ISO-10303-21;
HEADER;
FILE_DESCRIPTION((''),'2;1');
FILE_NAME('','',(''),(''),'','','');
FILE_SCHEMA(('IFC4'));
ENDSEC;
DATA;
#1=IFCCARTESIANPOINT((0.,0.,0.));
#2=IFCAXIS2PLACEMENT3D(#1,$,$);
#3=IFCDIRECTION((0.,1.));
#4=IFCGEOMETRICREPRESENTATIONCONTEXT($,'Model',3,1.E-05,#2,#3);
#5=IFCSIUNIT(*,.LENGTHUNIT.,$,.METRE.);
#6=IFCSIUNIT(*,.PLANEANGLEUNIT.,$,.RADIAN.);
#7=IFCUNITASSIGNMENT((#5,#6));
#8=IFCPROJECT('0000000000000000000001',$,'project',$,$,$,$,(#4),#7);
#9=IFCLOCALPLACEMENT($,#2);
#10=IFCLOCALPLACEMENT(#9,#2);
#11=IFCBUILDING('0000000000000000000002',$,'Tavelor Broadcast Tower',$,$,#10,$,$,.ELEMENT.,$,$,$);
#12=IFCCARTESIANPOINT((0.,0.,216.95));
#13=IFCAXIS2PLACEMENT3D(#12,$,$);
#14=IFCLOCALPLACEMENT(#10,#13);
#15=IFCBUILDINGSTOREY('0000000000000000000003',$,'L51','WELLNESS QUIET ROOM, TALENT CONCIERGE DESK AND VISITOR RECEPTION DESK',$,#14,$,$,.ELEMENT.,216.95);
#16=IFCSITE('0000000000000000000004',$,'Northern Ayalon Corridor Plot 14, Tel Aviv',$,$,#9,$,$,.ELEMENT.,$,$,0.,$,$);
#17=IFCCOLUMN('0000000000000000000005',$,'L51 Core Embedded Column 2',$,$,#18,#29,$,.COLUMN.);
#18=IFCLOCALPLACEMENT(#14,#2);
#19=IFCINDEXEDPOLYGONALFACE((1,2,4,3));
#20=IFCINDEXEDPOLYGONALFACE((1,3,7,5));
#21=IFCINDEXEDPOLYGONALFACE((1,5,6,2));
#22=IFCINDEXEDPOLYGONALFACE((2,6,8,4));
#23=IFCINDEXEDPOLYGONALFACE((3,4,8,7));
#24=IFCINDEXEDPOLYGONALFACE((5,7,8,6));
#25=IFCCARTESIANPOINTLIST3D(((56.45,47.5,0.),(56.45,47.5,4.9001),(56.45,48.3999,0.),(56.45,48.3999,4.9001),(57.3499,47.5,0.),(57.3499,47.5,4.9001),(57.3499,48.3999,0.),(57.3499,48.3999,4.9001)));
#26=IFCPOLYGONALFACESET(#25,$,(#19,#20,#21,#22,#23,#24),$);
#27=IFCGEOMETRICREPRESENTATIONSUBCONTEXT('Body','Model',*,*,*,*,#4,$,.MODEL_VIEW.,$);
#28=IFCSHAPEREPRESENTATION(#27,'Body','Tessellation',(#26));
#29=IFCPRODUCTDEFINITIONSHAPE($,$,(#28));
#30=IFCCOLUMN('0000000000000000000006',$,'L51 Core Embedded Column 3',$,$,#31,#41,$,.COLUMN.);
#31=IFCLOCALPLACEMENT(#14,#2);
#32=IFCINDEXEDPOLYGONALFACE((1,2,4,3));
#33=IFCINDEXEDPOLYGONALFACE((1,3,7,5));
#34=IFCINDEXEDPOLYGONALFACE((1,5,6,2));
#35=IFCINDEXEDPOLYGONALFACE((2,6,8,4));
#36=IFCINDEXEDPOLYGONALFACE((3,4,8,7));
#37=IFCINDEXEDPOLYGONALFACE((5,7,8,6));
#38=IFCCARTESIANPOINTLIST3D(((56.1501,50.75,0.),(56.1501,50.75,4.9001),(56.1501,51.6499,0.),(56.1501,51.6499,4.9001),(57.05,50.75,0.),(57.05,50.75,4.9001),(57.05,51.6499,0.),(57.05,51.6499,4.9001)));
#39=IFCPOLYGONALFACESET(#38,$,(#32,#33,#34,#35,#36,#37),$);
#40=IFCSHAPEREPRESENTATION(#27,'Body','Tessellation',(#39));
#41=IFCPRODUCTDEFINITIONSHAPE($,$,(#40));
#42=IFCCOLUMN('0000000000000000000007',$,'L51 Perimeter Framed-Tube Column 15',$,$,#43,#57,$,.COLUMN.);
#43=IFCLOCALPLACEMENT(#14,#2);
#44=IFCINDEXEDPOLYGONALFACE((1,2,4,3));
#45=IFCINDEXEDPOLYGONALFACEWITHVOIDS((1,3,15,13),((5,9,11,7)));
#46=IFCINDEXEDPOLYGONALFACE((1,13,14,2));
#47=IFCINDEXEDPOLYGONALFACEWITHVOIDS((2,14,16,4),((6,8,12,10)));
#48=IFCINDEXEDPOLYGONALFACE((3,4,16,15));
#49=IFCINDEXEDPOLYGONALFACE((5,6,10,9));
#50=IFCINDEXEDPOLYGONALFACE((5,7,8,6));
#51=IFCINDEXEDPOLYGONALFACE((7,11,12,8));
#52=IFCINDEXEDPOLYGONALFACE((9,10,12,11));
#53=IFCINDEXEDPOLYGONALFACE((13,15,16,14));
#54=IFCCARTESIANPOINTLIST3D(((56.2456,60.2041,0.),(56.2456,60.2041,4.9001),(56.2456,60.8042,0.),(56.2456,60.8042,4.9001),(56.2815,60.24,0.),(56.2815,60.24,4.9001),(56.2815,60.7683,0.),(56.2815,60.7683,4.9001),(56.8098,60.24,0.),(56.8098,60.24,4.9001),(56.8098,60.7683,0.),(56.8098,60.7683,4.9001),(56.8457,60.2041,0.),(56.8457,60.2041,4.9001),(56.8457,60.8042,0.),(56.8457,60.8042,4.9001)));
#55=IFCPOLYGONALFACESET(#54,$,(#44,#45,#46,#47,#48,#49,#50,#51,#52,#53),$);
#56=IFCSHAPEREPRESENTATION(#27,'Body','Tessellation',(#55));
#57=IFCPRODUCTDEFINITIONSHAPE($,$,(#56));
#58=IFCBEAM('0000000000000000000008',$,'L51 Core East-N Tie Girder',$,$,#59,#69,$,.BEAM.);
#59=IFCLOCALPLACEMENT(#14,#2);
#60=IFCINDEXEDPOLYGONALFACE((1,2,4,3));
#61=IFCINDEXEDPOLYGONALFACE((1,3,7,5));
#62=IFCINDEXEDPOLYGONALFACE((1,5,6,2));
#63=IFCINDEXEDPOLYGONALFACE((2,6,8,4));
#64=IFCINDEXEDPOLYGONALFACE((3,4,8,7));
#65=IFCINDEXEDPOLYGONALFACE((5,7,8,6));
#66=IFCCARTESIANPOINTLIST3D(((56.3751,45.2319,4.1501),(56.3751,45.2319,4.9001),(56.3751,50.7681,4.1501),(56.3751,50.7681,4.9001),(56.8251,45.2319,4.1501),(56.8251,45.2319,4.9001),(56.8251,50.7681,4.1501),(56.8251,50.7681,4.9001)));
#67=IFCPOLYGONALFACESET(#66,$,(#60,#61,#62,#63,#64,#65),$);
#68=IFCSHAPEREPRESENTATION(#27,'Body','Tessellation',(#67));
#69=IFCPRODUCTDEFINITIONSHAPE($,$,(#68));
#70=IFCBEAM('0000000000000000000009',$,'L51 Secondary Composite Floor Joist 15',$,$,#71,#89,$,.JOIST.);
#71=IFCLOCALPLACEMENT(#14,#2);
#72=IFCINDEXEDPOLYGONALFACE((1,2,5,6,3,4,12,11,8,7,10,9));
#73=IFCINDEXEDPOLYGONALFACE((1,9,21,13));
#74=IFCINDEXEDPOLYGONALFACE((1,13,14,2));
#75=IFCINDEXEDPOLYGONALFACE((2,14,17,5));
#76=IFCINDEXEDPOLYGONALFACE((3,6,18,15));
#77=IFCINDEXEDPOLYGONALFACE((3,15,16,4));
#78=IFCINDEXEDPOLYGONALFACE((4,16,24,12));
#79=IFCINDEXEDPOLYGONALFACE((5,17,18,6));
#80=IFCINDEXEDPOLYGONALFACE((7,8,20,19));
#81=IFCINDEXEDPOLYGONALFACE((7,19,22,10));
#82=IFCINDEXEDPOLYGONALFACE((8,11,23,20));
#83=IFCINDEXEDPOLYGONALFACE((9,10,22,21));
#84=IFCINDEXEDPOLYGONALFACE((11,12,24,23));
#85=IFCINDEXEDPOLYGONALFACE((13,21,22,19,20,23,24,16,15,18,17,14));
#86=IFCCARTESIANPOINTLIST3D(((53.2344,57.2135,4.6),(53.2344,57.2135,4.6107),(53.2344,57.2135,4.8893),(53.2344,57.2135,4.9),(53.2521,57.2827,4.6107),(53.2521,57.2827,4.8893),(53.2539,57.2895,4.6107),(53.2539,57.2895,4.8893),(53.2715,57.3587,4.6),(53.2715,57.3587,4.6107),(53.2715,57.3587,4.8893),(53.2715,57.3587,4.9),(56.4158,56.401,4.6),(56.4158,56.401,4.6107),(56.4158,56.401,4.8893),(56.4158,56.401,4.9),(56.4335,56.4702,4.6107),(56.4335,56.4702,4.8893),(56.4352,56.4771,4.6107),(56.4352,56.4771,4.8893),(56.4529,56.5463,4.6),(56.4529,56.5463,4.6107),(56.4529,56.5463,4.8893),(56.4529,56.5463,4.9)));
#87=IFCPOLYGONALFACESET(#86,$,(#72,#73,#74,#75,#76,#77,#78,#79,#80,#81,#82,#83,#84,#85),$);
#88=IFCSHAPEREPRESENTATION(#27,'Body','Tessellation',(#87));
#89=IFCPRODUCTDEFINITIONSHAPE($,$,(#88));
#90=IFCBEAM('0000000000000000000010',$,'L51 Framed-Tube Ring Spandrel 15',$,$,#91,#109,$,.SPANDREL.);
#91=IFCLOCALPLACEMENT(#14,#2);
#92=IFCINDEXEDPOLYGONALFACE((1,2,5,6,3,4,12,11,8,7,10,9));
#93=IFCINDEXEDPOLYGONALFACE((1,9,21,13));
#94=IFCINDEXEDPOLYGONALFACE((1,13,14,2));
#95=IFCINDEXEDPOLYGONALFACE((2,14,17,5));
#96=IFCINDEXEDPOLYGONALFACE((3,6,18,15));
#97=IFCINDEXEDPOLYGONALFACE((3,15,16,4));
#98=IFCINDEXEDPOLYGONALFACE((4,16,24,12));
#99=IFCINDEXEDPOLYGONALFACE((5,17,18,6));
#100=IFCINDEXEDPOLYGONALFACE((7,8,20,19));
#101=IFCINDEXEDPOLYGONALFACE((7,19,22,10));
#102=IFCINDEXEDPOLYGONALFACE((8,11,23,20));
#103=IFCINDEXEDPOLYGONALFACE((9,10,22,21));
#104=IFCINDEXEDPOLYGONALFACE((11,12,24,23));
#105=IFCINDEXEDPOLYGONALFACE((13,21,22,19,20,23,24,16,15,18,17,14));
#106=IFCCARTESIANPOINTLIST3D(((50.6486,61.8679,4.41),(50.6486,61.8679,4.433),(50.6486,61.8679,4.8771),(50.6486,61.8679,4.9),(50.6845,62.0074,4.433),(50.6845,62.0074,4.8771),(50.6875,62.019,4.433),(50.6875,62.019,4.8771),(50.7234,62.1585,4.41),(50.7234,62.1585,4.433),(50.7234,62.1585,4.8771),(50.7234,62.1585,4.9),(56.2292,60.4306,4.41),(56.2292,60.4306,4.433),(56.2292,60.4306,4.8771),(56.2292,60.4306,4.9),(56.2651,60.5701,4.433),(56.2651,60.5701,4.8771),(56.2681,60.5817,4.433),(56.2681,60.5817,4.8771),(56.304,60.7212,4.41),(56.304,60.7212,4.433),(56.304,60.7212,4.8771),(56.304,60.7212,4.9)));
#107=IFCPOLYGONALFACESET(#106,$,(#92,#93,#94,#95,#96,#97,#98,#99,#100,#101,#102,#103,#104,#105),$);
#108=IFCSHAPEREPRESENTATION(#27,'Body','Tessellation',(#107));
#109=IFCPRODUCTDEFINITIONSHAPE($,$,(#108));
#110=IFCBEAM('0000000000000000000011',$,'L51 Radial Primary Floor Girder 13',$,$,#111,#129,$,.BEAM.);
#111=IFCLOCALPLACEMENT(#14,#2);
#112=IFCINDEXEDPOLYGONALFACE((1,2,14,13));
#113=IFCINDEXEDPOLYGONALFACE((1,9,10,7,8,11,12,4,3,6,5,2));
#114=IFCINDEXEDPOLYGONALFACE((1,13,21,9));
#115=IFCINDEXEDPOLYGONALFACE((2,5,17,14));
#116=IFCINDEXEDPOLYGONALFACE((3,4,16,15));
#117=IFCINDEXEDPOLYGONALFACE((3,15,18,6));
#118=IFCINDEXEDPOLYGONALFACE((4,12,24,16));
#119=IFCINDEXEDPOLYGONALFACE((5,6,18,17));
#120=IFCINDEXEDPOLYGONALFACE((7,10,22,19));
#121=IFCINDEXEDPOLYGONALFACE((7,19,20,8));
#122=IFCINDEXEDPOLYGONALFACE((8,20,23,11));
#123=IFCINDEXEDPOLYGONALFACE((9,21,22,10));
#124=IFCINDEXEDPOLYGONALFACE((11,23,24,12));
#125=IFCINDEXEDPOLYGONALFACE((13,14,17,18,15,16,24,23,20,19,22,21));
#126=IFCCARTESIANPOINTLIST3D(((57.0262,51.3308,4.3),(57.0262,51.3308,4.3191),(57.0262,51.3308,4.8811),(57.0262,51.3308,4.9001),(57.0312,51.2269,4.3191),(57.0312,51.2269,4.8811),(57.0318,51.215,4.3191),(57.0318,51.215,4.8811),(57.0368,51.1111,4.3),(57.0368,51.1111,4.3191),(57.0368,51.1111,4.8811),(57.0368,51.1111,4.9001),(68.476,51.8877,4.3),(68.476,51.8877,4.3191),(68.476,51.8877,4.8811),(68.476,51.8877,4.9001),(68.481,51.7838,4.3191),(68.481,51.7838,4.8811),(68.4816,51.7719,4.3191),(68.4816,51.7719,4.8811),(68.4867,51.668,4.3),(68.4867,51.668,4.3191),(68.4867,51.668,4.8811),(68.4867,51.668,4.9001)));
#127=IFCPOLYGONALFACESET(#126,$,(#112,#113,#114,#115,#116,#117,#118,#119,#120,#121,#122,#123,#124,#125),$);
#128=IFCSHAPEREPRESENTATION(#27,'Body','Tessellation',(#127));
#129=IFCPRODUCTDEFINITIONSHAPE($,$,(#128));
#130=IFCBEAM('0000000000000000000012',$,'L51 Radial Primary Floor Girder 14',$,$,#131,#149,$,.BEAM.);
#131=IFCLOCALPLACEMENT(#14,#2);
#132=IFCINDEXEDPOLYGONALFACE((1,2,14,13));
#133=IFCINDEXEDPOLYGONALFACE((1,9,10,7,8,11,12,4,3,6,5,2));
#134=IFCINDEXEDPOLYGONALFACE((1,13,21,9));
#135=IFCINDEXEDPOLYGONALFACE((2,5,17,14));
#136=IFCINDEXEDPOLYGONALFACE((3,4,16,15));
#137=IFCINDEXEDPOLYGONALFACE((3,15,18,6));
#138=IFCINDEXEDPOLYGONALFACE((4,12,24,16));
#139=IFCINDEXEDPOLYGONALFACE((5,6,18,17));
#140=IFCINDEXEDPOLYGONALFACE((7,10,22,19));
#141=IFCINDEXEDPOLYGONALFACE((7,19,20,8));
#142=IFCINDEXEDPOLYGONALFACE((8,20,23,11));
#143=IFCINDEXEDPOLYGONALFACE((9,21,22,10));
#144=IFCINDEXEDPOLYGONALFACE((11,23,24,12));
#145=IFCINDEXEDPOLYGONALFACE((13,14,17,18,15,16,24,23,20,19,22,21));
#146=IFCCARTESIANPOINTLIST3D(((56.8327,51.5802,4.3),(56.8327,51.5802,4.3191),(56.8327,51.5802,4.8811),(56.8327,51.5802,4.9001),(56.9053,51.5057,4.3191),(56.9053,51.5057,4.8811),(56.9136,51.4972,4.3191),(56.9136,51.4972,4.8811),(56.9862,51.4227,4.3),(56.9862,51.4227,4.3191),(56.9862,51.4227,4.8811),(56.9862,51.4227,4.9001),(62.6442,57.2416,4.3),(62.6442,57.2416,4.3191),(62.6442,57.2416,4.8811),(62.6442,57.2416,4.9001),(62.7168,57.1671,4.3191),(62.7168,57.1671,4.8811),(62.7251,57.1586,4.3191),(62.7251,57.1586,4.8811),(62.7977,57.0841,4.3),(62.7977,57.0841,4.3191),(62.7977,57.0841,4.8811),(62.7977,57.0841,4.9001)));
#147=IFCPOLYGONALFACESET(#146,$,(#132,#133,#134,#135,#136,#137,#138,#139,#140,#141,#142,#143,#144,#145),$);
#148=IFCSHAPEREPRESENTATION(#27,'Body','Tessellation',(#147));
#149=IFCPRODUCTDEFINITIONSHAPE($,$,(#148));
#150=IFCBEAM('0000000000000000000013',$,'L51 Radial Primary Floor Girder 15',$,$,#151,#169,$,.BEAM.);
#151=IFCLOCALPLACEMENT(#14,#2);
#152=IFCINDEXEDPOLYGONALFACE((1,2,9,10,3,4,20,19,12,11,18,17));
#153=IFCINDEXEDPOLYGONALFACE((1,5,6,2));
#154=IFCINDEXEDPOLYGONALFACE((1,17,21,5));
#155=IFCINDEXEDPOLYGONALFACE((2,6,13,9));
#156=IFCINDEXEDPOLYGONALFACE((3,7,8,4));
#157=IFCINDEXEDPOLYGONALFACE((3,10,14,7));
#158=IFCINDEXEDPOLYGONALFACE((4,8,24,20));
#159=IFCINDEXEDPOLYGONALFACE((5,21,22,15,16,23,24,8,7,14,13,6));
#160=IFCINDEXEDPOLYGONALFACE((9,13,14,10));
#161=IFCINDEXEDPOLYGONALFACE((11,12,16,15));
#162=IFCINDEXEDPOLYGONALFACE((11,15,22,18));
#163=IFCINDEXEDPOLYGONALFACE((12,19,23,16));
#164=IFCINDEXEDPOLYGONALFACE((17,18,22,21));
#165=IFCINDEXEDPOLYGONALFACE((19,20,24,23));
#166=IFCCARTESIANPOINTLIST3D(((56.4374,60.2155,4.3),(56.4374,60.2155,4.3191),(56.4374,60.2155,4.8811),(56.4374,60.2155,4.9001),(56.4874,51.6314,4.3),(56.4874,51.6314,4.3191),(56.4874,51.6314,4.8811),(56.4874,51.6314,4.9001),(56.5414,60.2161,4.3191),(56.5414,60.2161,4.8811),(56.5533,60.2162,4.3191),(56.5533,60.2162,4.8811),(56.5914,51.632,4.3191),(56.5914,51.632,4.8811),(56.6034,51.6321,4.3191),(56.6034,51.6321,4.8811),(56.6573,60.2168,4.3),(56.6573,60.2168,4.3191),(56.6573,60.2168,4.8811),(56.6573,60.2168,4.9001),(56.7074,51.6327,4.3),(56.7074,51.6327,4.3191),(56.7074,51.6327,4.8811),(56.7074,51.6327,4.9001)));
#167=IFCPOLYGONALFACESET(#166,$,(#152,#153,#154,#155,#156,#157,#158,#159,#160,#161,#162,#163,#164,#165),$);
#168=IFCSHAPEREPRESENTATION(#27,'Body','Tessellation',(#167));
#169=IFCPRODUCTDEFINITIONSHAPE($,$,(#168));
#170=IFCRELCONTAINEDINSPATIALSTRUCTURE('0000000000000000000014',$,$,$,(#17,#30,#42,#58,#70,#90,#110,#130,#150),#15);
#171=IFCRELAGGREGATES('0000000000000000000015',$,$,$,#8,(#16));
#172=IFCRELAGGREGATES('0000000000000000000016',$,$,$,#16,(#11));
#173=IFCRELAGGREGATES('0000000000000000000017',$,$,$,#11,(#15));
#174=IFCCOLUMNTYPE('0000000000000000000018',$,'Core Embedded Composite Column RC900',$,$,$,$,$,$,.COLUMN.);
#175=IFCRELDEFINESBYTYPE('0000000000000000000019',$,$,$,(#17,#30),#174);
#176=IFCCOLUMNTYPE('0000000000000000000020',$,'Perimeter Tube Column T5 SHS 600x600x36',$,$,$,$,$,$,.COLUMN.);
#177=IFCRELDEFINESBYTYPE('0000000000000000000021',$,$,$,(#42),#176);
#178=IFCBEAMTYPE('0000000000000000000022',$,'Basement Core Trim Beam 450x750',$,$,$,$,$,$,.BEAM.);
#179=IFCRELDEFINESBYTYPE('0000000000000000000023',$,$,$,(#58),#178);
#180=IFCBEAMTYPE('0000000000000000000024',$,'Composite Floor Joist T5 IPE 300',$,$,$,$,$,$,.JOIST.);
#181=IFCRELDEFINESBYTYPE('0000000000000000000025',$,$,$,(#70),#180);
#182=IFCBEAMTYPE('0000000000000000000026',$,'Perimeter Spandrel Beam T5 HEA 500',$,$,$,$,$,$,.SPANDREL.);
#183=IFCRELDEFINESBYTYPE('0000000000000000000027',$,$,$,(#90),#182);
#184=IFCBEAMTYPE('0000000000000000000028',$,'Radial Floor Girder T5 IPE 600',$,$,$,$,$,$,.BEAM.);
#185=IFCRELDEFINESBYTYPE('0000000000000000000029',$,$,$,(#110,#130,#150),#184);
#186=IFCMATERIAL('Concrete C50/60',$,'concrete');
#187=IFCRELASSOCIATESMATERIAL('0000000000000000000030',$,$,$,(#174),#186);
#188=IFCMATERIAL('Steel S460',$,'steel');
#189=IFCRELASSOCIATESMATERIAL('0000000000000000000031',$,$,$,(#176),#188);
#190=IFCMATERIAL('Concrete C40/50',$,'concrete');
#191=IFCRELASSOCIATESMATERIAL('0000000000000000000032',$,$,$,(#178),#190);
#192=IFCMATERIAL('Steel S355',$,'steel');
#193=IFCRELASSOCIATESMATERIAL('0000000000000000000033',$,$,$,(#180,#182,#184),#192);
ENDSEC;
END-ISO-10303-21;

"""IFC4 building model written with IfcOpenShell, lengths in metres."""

from ifc_helpers import new_model, si_unit, direction, frame, origin, origin_2d, place, context, subcontext, project, spatial, rectangle, hollow_rectangle, i_section, extrude, material, material_profile, profile_set, type_object, element, save


model = new_model("IFC4")

# Units and contexts
model_context = context("Model", 3, precision=1e-05, world=origin(), true_north=direction((0.0, 1.0)))
body_context = subcontext(model_context, "Body", "Model", "MODEL_VIEW")
ifc_project = project(units=[si_unit("LENGTHUNIT", "METRE"), si_unit("PLANEANGLEUNIT", "RADIAN")], contexts=[model_context])

# Site, building, storey
site_placement = place(None, origin())
site = spatial("IfcSite", under=ifc_project, at=site_placement, Name="Northern Ayalon Corridor Plot 14, Tel Aviv", CompositionType="ELEMENT", RefElevation=0.0)
building_placement = place(site_placement, origin())
building = spatial("IfcBuilding", under=site, at=building_placement, Name="Tavelor Broadcast Tower", CompositionType="ELEMENT")
storey_placement = place(building_placement, frame((0.0, 0.0, 216.95)))
storey = spatial("IfcBuildingStorey", under=building, at=storey_placement, Name="L51", Description="WELLNESS QUIET ROOM, TALENT CONCIERGE DESK AND VISITOR RECEPTION DESK", CompositionType="ELEMENT", Elevation=216.95)

# Columns
ifc_material_1 = material(Name="Concrete C50/60", Category="concrete")
ifc_material_profile_1 = material_profile(ifc_material_1, rectangle(XDim=0.8999, YDim=0.8999, at=origin_2d()), Name="RC 900x900")
ifc_profile_set_1 = profile_set([ifc_material_profile_1], Name="Concrete C50/60")
column_type_1 = type_object("IfcColumnType", Name="Core Embedded Composite Column RC900", PredefinedType="COLUMN", material=ifc_profile_set_1)
for number, where, z_axis, x_axis, name in (
    (1, (56.8999, 47.95, 0.0), (0.0, 0.0, 1.0), (1.0, 0.0, 0.0), "L51 Core Embedded Column 2"),
    (2, (56.6001, 51.2, 0.0), (0.0, 0.0, 1.0), (1.0, 0.0, 0.0), "L51 Core Embedded Column 3"),
):
    element("IfcColumn", number, at=place(storey_placement, frame(where, z_axis=z_axis, x_axis=x_axis)), inside=storey, type_object=column_type_1, Name=name, PredefinedType="COLUMN", context=body_context, shape_type="SweptSolid", body=[
        extrude(rectangle(XDim=0.8999, YDim=0.8999, at=origin_2d()), origin(), (0.0, 0.0, 1.0), 4.9001),
    ])
ifc_material_2 = material(Name="Steel S460", Category="steel")
ifc_material_profile_2 = material_profile(ifc_material_2, hollow_rectangle(XDim=0.6001, YDim=0.6001, WallThickness=0.0359, at=origin_2d()), Name="SHS 600x600x36")
ifc_profile_set_2 = profile_set([ifc_material_profile_2], Name="Steel S460")
column_type_2 = type_object("IfcColumnType", Name="Perimeter Tube Column T5 SHS 600x600x36", PredefinedType="COLUMN", material=ifc_profile_set_2)
column_placement = place(storey_placement, frame((56.5457, 60.5042, 0.0), z_axis=(0.0, 0.0, 1.0), x_axis=(1.0, 0.0, 0.0)))
element("IfcColumn", 3, at=column_placement, inside=storey, type_object=column_type_2, Name="L51 Perimeter Framed-Tube Column 15", PredefinedType="COLUMN", context=body_context, shape_type="SweptSolid", body=[
    extrude(hollow_rectangle(XDim=0.6001, YDim=0.6001, WallThickness=0.0359, at=origin_2d()), origin(), (0.0, 0.0, 1.0), 4.9001),
])

# Beams
ifc_material_3 = material(Name="Concrete C40/50", Category="concrete")
ifc_material_profile_3 = material_profile(ifc_material_3, rectangle(XDim=0.45, YDim=0.75, at=origin_2d()), Name="RC 450x750")
ifc_profile_set_3 = profile_set([ifc_material_profile_3], Name="Concrete C40/50")
beam_type_1 = type_object("IfcBeamType", Name="Basement Core Trim Beam 450x750", PredefinedType="BEAM", material=ifc_profile_set_3)
beam_1_placement = place(storey_placement, frame((56.6001, 45.2319, 4.5251), z_axis=(0.0, 1.0, 0.0), x_axis=(-1.0, 0.0, 0.0)))
element("IfcBeam", 4, at=beam_1_placement, inside=storey, type_object=beam_type_1, Name="L51 Core East-N Tie Girder", PredefinedType="BEAM", context=body_context, shape_type="SweptSolid", body=[
    extrude(rectangle(XDim=0.45, YDim=0.75, at=origin_2d()), origin(), (0.0, 0.0, 1.0), 5.5361),
])
ifc_material_4 = material(Name="Steel S355", Category="steel")
ifc_material_profile_4 = material_profile(ifc_material_4, i_section(OverallWidth=0.1499, OverallDepth=0.3, WebThickness=0.0071, FlangeThickness=0.0107, at=origin_2d()), Name="IPE 300")
ifc_profile_set_4 = profile_set([ifc_material_profile_4], Name="Steel S355")
beam_type_2 = type_object("IfcBeamType", Name="Composite Floor Joist T5 IPE 300", PredefinedType="JOIST", material=ifc_profile_set_4)
beam_2_placement = place(storey_placement, frame((56.4343, 56.4736, 4.75), z_axis=(-0.968901, 0.247449, 0.0), x_axis=(-0.247449, -0.968901, 0.0)))
element("IfcBeam", 5, at=beam_2_placement, inside=storey, type_object=beam_type_2, Name="L51 Secondary Composite Floor Joist 15", PredefinedType="JOIST", context=body_context, shape_type="SweptSolid", body=[
    extrude(i_section(OverallWidth=0.1499, OverallDepth=0.3, WebThickness=0.0071, FlangeThickness=0.0107, at=origin_2d()), origin(), (0.0, 0.0, 1.0), 3.2834),
])
ifc_material_profile_5 = material_profile(ifc_material_4, i_section(OverallWidth=0.3, OverallDepth=0.49, WebThickness=0.012, FlangeThickness=0.0229, at=origin_2d()), Name="HEA 500")
ifc_profile_set_5 = profile_set([ifc_material_profile_5], Name="Steel S355")
beam_type_3 = type_object("IfcBeamType", Name="Perimeter Spandrel Beam T5 HEA 500", PredefinedType="SPANDREL", material=ifc_profile_set_5)
beam_3_placement = place(storey_placement, frame((56.2666, 60.5759, 4.655), z_axis=(-0.968399, 0.249408, 0.0), x_axis=(-0.249408, -0.968399, 0.0)))
element("IfcBeam", 6, at=beam_3_placement, inside=storey, type_object=beam_type_3, Name="L51 Framed-Tube Ring Spandrel 15", PredefinedType="SPANDREL", context=body_context, shape_type="SweptSolid", body=[
    extrude(i_section(OverallWidth=0.3, OverallDepth=0.49, WebThickness=0.012, FlangeThickness=0.0229, at=origin_2d()), origin(), (0.0, 0.0, 1.0), 5.7627),
])
ifc_material_profile_6 = material_profile(ifc_material_4, i_section(OverallWidth=0.22, OverallDepth=0.6001, WebThickness=0.012, FlangeThickness=0.019, at=origin_2d()), Name="IPE 600")
ifc_profile_set_6 = profile_set([ifc_material_profile_6], Name="Steel S355")
beam_type_4 = type_object("IfcBeamType", Name="Radial Floor Girder T5 IPE 600", PredefinedType="BEAM", material=ifc_profile_set_6)
beam_4_placement = place(storey_placement, frame((57.0315, 51.2209, 4.6001), z_axis=(0.998819, 0.048579, 0.0), x_axis=(-0.048579, 0.998819, 0.0)))
element("IfcBeam", 7, at=beam_4_placement, inside=storey, type_object=beam_type_4, Name="L51 Radial Primary Floor Girder 13", PredefinedType="BEAM", context=body_context, shape_type="SweptSolid", body=[
    extrude(i_section(OverallWidth=0.22, OverallDepth=0.6001, WebThickness=0.012, FlangeThickness=0.019, at=origin_2d()), origin(), (0.0, 0.0, 1.0), 11.4634),
])
beam_5_placement = place(storey_placement, frame((56.9094, 51.5015, 4.6001), z_axis=(0.716299, 0.697793, 0.0), x_axis=(-0.697793, 0.716299, 0.0)))
element("IfcBeam", 8, at=beam_5_placement, inside=storey, type_object=beam_type_4, Name="L51 Radial Primary Floor Girder 14", PredefinedType="BEAM", context=body_context, shape_type="SweptSolid", body=[
    extrude(i_section(OverallWidth=0.22, OverallDepth=0.6001, WebThickness=0.012, FlangeThickness=0.019, at=origin_2d()), origin(), (0.0, 0.0, 1.0), 8.1133),
])
beam_6_placement = place(storey_placement, frame((56.5974, 51.6321, 4.6001), z_axis=(-0.00583, 0.999983, 0.0), x_axis=(-0.999983, -0.00583, 0.0)))
element("IfcBeam", 9, at=beam_6_placement, inside=storey, type_object=beam_type_4, Name="L51 Radial Primary Floor Girder 15", PredefinedType="BEAM", context=body_context, shape_type="SweptSolid", body=[
    extrude(i_section(OverallWidth=0.22, OverallDepth=0.6001, WebThickness=0.012, FlangeThickness=0.019, at=origin_2d()), origin(), (0.0, 0.0, 1.0), 8.5842),
])

save(model, "model.ifc")
